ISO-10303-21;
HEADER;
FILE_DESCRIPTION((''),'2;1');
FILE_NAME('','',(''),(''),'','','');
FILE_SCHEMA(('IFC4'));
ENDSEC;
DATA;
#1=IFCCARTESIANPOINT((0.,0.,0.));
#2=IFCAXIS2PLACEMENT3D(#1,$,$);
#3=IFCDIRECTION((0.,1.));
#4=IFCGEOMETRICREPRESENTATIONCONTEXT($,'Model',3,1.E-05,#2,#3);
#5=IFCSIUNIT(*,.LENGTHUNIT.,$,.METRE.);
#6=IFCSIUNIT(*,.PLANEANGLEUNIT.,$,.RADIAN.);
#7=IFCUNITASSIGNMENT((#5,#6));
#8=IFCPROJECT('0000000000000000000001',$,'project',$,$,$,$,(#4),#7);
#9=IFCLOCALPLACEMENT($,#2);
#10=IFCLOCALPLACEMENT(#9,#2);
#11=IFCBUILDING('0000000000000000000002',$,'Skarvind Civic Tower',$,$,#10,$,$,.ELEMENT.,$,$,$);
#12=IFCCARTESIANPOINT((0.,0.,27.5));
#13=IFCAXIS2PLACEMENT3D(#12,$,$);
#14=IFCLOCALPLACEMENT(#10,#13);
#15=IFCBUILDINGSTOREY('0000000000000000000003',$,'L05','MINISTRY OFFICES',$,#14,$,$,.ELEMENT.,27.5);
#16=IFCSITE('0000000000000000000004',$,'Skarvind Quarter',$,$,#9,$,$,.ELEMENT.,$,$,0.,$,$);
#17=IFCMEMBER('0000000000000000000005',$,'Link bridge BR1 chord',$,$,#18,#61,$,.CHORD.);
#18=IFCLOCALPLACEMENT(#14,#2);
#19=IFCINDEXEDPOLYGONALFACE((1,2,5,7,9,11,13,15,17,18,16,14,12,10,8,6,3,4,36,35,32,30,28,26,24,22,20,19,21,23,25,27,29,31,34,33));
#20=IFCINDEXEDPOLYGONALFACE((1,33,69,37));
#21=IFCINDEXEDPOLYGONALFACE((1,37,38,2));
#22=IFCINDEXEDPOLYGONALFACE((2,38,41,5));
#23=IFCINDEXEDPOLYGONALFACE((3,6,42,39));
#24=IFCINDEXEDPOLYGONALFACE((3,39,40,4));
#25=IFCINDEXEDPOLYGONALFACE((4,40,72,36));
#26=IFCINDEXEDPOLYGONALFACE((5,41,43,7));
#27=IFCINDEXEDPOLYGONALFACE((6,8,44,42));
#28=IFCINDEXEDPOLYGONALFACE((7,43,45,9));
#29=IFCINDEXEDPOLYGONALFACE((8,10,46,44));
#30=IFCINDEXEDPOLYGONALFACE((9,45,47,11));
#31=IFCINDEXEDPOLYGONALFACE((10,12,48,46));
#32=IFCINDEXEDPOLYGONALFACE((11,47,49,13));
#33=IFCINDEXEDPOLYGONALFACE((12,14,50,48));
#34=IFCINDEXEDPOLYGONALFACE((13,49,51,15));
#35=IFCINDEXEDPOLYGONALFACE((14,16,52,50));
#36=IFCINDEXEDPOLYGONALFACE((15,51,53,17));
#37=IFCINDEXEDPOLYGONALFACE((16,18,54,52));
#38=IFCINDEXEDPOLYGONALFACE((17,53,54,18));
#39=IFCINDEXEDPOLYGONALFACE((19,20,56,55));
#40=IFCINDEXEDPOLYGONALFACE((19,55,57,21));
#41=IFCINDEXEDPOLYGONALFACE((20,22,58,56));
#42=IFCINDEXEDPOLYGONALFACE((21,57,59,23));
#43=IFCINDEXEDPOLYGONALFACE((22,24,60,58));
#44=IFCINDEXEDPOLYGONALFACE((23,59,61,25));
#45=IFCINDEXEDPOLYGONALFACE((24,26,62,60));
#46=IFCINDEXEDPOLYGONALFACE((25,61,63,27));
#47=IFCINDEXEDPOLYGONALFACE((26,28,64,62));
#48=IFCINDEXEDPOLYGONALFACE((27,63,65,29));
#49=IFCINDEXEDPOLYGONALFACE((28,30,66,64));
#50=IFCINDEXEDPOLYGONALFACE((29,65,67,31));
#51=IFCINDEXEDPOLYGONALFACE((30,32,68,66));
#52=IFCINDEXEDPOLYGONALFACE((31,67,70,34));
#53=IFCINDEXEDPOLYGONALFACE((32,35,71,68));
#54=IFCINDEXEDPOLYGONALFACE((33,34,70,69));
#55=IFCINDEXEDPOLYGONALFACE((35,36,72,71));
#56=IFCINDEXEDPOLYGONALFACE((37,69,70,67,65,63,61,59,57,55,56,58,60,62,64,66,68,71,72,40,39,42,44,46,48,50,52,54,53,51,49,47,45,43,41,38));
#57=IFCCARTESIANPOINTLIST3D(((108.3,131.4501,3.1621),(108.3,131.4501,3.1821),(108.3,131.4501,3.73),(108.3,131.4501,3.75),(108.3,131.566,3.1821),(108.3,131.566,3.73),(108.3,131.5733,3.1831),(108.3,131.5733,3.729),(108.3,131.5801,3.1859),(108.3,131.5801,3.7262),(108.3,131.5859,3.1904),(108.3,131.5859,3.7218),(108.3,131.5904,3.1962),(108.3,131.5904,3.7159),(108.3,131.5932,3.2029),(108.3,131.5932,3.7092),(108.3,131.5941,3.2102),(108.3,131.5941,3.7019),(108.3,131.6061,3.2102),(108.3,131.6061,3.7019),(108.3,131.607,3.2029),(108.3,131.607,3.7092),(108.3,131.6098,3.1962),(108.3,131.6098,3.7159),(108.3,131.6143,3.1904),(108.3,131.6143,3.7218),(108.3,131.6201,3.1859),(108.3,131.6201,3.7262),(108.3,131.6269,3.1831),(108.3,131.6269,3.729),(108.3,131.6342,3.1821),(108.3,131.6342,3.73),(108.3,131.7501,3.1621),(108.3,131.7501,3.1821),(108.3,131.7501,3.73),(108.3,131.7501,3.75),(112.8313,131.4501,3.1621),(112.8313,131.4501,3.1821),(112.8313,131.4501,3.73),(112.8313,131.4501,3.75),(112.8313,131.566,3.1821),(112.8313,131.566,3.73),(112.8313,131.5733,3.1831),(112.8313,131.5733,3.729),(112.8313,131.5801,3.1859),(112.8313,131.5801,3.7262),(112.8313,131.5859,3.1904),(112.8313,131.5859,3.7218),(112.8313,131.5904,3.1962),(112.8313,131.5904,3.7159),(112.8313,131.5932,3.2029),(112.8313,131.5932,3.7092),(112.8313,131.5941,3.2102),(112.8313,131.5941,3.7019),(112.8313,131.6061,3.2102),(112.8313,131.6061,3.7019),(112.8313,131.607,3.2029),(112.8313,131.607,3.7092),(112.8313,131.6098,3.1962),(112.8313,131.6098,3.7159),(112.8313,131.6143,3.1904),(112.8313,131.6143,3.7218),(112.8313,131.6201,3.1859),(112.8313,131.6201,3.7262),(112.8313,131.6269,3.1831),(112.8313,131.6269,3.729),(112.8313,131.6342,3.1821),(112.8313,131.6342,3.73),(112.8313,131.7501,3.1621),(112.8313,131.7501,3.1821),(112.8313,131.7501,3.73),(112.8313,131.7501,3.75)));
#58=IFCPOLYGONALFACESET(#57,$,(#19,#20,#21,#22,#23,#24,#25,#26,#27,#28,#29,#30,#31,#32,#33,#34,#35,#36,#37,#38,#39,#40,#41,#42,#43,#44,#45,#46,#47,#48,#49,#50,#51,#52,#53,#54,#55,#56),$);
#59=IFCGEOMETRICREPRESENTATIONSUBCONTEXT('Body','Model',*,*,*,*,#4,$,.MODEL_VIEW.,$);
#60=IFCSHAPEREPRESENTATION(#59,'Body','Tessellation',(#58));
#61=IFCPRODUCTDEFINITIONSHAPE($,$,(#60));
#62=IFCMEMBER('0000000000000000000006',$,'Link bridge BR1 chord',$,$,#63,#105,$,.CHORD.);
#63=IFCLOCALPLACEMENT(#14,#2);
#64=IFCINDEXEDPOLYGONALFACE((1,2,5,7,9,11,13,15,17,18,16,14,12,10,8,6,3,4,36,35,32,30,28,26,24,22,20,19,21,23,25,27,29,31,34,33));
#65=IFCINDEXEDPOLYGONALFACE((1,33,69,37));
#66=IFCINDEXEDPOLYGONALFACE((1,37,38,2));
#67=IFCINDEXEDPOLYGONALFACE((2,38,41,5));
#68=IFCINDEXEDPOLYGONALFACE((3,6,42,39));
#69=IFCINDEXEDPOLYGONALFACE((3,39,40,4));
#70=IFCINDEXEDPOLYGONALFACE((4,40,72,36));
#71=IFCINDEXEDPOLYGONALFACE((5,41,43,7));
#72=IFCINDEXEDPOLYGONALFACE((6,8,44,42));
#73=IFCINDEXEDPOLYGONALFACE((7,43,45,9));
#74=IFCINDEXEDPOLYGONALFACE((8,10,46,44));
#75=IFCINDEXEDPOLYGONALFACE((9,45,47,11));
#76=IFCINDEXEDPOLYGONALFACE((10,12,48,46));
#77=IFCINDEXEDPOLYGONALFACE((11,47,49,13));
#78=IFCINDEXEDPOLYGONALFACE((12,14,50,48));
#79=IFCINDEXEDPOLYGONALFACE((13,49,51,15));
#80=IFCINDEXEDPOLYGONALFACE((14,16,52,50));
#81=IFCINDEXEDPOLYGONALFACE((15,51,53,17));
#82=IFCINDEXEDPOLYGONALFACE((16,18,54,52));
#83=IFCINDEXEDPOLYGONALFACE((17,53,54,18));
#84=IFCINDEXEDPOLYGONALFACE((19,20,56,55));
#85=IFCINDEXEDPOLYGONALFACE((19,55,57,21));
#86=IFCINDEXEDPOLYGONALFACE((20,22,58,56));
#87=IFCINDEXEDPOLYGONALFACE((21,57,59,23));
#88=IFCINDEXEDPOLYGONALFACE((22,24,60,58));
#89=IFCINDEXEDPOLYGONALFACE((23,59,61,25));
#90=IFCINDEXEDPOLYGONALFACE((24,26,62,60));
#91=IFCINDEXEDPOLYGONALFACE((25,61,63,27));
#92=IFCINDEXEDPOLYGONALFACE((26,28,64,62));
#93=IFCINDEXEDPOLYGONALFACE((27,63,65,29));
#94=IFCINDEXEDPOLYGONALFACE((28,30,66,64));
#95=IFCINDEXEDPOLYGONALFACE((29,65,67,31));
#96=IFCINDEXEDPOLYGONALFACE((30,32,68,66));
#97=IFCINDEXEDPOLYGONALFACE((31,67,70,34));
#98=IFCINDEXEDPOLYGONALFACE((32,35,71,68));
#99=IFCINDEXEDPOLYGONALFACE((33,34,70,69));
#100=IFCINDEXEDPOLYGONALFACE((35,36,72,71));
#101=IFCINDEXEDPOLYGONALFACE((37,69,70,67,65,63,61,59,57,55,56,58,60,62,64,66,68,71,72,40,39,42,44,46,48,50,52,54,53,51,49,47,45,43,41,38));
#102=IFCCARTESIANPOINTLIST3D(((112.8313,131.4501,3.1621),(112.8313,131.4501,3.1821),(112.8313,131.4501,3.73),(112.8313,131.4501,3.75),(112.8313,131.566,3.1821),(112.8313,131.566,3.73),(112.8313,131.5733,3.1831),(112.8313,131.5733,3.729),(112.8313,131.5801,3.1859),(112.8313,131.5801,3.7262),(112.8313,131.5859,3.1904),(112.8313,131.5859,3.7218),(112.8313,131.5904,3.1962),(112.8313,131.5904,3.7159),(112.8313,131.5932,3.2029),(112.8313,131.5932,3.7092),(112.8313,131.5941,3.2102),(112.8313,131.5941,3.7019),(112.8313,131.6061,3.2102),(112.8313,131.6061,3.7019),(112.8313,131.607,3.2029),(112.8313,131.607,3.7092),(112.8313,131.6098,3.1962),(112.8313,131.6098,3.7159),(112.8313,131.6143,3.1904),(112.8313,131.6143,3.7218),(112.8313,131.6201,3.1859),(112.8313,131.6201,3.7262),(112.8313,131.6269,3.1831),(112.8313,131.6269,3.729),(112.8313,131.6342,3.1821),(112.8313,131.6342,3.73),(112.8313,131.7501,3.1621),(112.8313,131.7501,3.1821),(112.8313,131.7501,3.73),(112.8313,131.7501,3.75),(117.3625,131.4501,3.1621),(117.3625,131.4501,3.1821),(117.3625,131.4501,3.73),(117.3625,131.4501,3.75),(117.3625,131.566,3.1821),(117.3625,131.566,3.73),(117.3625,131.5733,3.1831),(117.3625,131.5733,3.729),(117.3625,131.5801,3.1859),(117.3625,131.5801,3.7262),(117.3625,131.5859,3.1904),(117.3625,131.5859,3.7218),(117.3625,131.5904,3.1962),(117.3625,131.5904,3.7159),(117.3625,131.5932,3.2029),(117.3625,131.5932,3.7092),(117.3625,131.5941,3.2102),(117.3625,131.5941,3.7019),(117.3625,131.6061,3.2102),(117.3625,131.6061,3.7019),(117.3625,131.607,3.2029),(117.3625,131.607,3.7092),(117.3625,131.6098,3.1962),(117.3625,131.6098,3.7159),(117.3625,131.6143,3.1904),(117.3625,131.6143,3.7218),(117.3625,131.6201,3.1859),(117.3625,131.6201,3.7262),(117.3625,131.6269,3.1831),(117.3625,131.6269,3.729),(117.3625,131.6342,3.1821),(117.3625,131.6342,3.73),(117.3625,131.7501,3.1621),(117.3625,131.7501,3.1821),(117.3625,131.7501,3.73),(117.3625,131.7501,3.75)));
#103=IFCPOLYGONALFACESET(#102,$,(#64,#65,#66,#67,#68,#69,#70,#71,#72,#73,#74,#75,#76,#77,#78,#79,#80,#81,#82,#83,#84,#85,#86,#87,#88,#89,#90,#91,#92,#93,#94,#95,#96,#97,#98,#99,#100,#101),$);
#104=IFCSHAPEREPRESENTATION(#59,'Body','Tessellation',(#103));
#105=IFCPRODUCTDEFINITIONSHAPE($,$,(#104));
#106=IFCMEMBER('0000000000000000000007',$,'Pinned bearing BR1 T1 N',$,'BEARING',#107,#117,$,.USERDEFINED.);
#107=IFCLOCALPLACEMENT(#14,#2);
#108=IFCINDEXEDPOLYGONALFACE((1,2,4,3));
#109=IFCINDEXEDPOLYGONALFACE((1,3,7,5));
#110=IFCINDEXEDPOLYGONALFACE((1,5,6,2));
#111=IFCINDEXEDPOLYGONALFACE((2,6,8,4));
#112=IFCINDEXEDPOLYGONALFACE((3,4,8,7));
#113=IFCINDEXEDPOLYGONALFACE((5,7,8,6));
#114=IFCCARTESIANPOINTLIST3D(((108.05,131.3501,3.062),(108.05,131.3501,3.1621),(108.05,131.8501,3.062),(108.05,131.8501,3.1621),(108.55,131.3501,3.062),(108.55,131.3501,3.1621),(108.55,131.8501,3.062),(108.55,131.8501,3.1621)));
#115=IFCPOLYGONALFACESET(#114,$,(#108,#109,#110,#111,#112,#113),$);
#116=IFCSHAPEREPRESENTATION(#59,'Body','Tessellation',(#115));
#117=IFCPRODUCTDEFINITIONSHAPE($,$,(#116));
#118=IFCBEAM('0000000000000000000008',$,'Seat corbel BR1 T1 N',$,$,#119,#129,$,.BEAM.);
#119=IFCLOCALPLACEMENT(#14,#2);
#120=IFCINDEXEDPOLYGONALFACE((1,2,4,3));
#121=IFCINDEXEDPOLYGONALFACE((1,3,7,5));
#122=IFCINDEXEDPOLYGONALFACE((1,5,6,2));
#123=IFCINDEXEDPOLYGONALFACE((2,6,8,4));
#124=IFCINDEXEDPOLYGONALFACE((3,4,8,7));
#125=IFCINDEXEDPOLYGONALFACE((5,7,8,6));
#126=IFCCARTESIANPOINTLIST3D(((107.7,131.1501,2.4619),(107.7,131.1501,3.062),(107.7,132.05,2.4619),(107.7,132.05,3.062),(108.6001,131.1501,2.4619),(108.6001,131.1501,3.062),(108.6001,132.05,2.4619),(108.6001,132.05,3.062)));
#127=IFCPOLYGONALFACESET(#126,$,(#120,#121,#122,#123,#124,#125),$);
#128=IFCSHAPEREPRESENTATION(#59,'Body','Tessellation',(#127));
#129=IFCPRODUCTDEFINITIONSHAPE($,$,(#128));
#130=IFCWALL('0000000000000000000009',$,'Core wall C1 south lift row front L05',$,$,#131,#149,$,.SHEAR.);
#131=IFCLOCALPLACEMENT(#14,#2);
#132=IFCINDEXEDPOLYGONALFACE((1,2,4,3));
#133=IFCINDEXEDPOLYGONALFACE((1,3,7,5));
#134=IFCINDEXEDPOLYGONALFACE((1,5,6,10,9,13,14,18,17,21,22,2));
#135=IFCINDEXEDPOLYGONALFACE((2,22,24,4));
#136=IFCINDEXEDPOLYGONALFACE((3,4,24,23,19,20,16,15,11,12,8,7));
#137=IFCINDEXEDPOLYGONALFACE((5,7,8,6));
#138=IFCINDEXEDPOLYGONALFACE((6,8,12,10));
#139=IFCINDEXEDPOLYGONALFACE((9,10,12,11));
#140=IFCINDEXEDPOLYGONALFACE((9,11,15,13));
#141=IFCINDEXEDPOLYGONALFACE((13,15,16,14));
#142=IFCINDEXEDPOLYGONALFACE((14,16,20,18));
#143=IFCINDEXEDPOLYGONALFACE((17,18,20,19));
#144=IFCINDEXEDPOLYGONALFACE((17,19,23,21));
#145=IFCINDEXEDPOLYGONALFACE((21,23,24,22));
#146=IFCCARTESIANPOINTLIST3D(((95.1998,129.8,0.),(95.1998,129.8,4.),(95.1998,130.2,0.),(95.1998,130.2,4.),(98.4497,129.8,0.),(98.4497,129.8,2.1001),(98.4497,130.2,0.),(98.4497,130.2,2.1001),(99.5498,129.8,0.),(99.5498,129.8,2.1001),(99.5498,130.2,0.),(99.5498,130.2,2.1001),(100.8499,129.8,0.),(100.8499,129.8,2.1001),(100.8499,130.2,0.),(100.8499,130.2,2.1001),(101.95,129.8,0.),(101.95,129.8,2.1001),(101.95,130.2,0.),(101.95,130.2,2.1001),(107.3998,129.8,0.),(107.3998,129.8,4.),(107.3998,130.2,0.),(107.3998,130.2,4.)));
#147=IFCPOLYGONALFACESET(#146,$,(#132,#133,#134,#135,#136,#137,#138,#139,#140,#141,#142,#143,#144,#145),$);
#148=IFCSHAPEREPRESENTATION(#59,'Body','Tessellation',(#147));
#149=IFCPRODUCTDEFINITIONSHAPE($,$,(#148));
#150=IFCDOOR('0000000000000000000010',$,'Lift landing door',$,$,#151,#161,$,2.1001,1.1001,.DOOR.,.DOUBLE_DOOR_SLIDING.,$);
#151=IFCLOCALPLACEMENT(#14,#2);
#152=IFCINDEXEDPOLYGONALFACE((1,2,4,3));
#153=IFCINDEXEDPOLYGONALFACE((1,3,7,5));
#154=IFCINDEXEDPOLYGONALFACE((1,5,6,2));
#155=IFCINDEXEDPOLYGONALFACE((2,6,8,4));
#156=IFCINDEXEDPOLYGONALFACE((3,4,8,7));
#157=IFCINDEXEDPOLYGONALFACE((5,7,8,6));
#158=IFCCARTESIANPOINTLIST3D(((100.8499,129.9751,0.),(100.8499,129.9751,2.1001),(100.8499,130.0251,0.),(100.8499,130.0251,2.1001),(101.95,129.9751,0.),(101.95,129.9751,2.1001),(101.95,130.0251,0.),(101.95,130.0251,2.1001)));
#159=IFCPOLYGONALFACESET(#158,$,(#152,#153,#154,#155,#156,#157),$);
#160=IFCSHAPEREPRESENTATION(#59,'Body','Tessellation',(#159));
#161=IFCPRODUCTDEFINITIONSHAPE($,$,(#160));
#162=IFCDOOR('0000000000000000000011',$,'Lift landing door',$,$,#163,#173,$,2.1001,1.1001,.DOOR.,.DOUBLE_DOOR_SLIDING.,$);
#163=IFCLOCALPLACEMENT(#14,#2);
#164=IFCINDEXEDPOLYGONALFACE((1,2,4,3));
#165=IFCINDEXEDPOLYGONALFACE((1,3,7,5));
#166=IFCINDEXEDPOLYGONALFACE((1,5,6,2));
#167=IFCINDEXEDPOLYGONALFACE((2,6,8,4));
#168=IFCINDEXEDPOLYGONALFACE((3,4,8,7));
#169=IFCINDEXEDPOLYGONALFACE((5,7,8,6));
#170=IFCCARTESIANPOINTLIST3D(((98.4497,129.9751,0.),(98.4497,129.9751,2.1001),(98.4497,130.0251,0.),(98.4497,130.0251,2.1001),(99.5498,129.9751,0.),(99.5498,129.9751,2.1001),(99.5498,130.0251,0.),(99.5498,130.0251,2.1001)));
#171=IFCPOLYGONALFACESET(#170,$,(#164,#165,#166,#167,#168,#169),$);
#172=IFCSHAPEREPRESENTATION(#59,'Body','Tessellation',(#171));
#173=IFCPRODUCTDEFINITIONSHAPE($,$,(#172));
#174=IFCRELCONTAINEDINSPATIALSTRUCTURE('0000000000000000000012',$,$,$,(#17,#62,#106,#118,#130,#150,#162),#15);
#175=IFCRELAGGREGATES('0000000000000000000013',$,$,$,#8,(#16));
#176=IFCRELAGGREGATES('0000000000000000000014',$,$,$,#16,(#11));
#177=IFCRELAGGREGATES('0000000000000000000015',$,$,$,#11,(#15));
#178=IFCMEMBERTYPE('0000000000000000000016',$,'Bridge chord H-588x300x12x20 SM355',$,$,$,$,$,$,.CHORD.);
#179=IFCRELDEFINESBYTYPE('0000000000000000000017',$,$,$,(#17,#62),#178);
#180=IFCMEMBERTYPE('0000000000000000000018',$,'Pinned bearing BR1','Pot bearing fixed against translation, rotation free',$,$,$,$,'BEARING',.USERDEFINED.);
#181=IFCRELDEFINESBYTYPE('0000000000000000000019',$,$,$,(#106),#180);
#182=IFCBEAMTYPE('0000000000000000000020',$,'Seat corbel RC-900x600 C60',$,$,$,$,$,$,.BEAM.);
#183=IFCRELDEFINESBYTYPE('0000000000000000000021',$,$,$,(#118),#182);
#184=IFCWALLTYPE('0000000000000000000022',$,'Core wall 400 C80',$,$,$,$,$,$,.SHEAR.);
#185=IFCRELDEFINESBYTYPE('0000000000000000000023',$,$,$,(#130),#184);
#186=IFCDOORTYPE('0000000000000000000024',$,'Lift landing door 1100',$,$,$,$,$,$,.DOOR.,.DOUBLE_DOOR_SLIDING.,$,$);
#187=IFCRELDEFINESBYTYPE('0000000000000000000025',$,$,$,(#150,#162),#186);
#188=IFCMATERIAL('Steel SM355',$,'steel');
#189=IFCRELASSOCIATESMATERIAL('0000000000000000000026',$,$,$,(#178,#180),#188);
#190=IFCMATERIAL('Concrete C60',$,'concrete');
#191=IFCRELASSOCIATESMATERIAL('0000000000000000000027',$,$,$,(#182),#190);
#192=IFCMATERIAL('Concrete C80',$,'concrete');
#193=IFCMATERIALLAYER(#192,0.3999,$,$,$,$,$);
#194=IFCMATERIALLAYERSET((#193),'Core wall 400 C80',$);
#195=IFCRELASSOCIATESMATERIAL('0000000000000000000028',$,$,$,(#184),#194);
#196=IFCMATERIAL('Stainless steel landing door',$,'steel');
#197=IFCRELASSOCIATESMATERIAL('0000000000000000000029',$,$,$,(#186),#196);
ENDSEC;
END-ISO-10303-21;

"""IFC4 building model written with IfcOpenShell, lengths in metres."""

from ifc_helpers import new_model, si_unit, direction, frame, frame_2d, origin, origin_2d, place, context, subcontext, project, spatial, rectangle, i_section, extrude, material, layer, layer_set, material_profile, profile_set, type_object, element, fill, save


model = new_model("IFC4")

# Units and contexts
model_context = context("Model", 3, precision=1e-05, world=origin(), true_north=direction((0.0, 1.0)))
body_context = subcontext(model_context, "Body", "Model", "MODEL_VIEW")
ifc_project = project(units=[si_unit("LENGTHUNIT", "METRE"), si_unit("PLANEANGLEUNIT", "RADIAN")], contexts=[model_context])

# Site, building, storey
site_placement = place(None, origin())
site = spatial("IfcSite", under=ifc_project, at=site_placement, Name="Skarvind Quarter", CompositionType="ELEMENT", RefElevation=0.0)
building_placement = place(site_placement, origin())
building = spatial("IfcBuilding", under=site, at=building_placement, Name="Skarvind Civic Tower", CompositionType="ELEMENT")
storey_placement = place(building_placement, frame((0.0, 0.0, 27.5)))
storey = spatial("IfcBuildingStorey", under=building, at=storey_placement, Name="L05", Description="MINISTRY OFFICES", CompositionType="ELEMENT", Elevation=27.5)

# Members
ifc_material_1 = material(Name="Steel SM355", Category="steel")
ifc_material_profile_1 = material_profile(ifc_material_1, i_section(OverallWidth=0.3, OverallDepth=0.5879, WebThickness=0.012, FlangeThickness=0.02, FilletRadius=0.0281, at=origin_2d()), Name="H-588x300x12x20")
ifc_profile_set_1 = profile_set([ifc_material_profile_1], Name="Steel SM355")
member_type_1 = type_object("IfcMemberType", Name="Bridge chord H-588x300x12x20 SM355", PredefinedType="CHORD", material=ifc_profile_set_1)
for number, where, z_axis, x_axis, name in (
    (1, (108.3, 131.6001, 3.4561), (1.0, 0.0, 0.0), (0.0, 1.0, 0.0), "Link bridge BR1 chord"),
    (2, (112.8313, 131.6001, 3.4561), (1.0, 0.0, 0.0), (0.0, 1.0, 0.0), "Link bridge BR1 chord"),
):
    element("IfcMember", number, at=place(storey_placement, frame(where, z_axis=z_axis, x_axis=x_axis)), inside=storey, type_object=member_type_1, Name=name, PredefinedType="CHORD", context=body_context, shape_type="SweptSolid", body=[
        extrude(i_section(OverallWidth=0.3, OverallDepth=0.5879, WebThickness=0.012, FlangeThickness=0.02, FilletRadius=0.0281, at=origin_2d()), origin(), (0.0, 0.0, 1.0), 4.5312),
    ])
member_type_2 = type_object("IfcMemberType", Name="Pinned bearing BR1", Description="Pot bearing fixed against translation, rotation free", ElementType="BEARING", PredefinedType="USERDEFINED", material=ifc_material_1)
member_placement = place(storey_placement, frame((108.3, 131.6001, 3.062), z_axis=(0.0, 0.0, 1.0), x_axis=(1.0, 0.0, 0.0)))
element("IfcMember", 3, at=member_placement, inside=storey, type_object=member_type_2, Name="Pinned bearing BR1 T1 N", ObjectType="BEARING", PredefinedType="USERDEFINED", context=body_context, shape_type="SweptSolid", body=[
    extrude(rectangle(XDim=0.5, YDim=0.5, at=origin_2d()), origin(), (0.0, 0.0, 1.0), 0.1001),
])

# Beam
ifc_material_2 = material(Name="Concrete C60", Category="concrete")
ifc_material_profile_2 = material_profile(ifc_material_2, rectangle(XDim=0.8999, YDim=0.6001, at=origin_2d()), Name="RC-900x600")
ifc_profile_set_2 = profile_set([ifc_material_profile_2], Name="Concrete C60")
beam_type = type_object("IfcBeamType", Name="Seat corbel RC-900x600 C60", PredefinedType="BEAM", material=ifc_profile_set_2)
beam_placement = place(storey_placement, frame((107.7, 131.6001, 2.762), z_axis=(1.0, 0.0, 0.0), x_axis=(0.0, 1.0, 0.0)))
element("IfcBeam", 4, at=beam_placement, inside=storey, type_object=beam_type, Name="Seat corbel BR1 T1 N", PredefinedType="BEAM", context=body_context, shape_type="SweptSolid", body=[
    extrude(rectangle(XDim=0.8999, YDim=0.6001, at=origin_2d()), origin(), (0.0, 0.0, 1.0), 0.9001),
])

# Wall, openings, doors
ifc_material_3 = material(Name="Concrete C80", Category="concrete")
ifc_layer_1 = layer(ifc_material_3, 0.3999)
ifc_layer_set_1 = layer_set([ifc_layer_1], Name="Core wall 400 C80")
wall_type_1 = type_object("IfcWallType", Name="Core wall 400 C80", PredefinedType="SHEAR", material=ifc_layer_set_1)
wall_1_placement = place(storey_placement, frame((107.3999, 130.0, 0.0), z_axis=(0.0, 0.0, 1.0), x_axis=(-1.0, 0.0, 0.0)))
wall_1 = element("IfcWall", 5, at=wall_1_placement, inside=storey, type_object=wall_type_1, Name="Core wall C1 south lift row front L05", PredefinedType="SHEAR", context=body_context, shape_type="SweptSolid", body=[
    extrude(rectangle(XDim=12.2, YDim=0.3999, at=frame_2d((6.1001, 0.0))), origin(), (0.0, 0.0, 1.0), 4.0),
])
opening_1_placement = place(wall_1_placement, frame((5.45, 0.0, 0.0)))
opening_1 = element("IfcOpeningElement", 6, at=opening_1_placement, cuts=wall_1, PredefinedType="OPENING", context=body_context, shape_type="SweptSolid", body=[
    extrude(rectangle(XDim=1.1001, YDim=2.1001, at=frame_2d((0.55, 1.05))), frame((0.0, 0.21, 0.0), z_axis=(0.0, -1.0, 0.0), x_axis=(1.0, 0.0, 0.0)), (0.0, 0.0, 1.0), 0.4199),
])
opening_2_placement = place(wall_1_placement, frame((7.8501, 0.0, 0.0)))
opening_2 = element("IfcOpeningElement", 7, at=opening_2_placement, cuts=wall_1, PredefinedType="OPENING", context=body_context, shape_type="SweptSolid", body=[
    extrude(rectangle(XDim=1.1001, YDim=2.1001, at=frame_2d((0.55, 1.05))), frame((0.0, 0.21, 0.0), z_axis=(0.0, -1.0, 0.0), x_axis=(1.0, 0.0, 0.0)), (0.0, 0.0, 1.0), 0.4199),
])
ifc_material_4 = material(Name="Stainless steel landing door", Category="steel")
door_type_1 = type_object("IfcDoorType", Name="Lift landing door 1100", OperationType="DOUBLE_DOOR_SLIDING", PredefinedType="DOOR", material=ifc_material_4)
door_1_placement = place(opening_1_placement, origin())
door_1 = element("IfcDoor", 8, at=door_1_placement, inside=storey, type_object=door_type_1, Name="Lift landing door", OperationType="DOUBLE_DOOR_SLIDING", OverallHeight=2.1001, OverallWidth=1.1001, PredefinedType="DOOR", context=body_context, shape_type="SweptSolid", body=[
    extrude(rectangle(XDim=1.1001, YDim=2.1001, at=frame_2d((0.55, 1.05))), frame((0.0, 0.0249, 0.0), z_axis=(0.0, -1.0, 0.0), x_axis=(1.0, 0.0, 0.0)), (0.0, 0.0, 1.0), 0.05),
])
fill(opening_1, door_1)
door_2_placement = place(opening_2_placement, origin())
door_2 = element("IfcDoor", 9, at=door_2_placement, inside=storey, type_object=door_type_1, Name="Lift landing door", OperationType="DOUBLE_DOOR_SLIDING", OverallHeight=2.1001, OverallWidth=1.1001, PredefinedType="DOOR", context=body_context, shape_type="SweptSolid", body=[
    extrude(rectangle(XDim=1.1001, YDim=2.1001, at=frame_2d((0.55, 1.05))), frame((0.0, 0.0249, 0.0), z_axis=(0.0, -1.0, 0.0), x_axis=(1.0, 0.0, 0.0)), (0.0, 0.0, 1.0), 0.05),
])
fill(opening_2, door_2)

save(model, "model.ifc")
